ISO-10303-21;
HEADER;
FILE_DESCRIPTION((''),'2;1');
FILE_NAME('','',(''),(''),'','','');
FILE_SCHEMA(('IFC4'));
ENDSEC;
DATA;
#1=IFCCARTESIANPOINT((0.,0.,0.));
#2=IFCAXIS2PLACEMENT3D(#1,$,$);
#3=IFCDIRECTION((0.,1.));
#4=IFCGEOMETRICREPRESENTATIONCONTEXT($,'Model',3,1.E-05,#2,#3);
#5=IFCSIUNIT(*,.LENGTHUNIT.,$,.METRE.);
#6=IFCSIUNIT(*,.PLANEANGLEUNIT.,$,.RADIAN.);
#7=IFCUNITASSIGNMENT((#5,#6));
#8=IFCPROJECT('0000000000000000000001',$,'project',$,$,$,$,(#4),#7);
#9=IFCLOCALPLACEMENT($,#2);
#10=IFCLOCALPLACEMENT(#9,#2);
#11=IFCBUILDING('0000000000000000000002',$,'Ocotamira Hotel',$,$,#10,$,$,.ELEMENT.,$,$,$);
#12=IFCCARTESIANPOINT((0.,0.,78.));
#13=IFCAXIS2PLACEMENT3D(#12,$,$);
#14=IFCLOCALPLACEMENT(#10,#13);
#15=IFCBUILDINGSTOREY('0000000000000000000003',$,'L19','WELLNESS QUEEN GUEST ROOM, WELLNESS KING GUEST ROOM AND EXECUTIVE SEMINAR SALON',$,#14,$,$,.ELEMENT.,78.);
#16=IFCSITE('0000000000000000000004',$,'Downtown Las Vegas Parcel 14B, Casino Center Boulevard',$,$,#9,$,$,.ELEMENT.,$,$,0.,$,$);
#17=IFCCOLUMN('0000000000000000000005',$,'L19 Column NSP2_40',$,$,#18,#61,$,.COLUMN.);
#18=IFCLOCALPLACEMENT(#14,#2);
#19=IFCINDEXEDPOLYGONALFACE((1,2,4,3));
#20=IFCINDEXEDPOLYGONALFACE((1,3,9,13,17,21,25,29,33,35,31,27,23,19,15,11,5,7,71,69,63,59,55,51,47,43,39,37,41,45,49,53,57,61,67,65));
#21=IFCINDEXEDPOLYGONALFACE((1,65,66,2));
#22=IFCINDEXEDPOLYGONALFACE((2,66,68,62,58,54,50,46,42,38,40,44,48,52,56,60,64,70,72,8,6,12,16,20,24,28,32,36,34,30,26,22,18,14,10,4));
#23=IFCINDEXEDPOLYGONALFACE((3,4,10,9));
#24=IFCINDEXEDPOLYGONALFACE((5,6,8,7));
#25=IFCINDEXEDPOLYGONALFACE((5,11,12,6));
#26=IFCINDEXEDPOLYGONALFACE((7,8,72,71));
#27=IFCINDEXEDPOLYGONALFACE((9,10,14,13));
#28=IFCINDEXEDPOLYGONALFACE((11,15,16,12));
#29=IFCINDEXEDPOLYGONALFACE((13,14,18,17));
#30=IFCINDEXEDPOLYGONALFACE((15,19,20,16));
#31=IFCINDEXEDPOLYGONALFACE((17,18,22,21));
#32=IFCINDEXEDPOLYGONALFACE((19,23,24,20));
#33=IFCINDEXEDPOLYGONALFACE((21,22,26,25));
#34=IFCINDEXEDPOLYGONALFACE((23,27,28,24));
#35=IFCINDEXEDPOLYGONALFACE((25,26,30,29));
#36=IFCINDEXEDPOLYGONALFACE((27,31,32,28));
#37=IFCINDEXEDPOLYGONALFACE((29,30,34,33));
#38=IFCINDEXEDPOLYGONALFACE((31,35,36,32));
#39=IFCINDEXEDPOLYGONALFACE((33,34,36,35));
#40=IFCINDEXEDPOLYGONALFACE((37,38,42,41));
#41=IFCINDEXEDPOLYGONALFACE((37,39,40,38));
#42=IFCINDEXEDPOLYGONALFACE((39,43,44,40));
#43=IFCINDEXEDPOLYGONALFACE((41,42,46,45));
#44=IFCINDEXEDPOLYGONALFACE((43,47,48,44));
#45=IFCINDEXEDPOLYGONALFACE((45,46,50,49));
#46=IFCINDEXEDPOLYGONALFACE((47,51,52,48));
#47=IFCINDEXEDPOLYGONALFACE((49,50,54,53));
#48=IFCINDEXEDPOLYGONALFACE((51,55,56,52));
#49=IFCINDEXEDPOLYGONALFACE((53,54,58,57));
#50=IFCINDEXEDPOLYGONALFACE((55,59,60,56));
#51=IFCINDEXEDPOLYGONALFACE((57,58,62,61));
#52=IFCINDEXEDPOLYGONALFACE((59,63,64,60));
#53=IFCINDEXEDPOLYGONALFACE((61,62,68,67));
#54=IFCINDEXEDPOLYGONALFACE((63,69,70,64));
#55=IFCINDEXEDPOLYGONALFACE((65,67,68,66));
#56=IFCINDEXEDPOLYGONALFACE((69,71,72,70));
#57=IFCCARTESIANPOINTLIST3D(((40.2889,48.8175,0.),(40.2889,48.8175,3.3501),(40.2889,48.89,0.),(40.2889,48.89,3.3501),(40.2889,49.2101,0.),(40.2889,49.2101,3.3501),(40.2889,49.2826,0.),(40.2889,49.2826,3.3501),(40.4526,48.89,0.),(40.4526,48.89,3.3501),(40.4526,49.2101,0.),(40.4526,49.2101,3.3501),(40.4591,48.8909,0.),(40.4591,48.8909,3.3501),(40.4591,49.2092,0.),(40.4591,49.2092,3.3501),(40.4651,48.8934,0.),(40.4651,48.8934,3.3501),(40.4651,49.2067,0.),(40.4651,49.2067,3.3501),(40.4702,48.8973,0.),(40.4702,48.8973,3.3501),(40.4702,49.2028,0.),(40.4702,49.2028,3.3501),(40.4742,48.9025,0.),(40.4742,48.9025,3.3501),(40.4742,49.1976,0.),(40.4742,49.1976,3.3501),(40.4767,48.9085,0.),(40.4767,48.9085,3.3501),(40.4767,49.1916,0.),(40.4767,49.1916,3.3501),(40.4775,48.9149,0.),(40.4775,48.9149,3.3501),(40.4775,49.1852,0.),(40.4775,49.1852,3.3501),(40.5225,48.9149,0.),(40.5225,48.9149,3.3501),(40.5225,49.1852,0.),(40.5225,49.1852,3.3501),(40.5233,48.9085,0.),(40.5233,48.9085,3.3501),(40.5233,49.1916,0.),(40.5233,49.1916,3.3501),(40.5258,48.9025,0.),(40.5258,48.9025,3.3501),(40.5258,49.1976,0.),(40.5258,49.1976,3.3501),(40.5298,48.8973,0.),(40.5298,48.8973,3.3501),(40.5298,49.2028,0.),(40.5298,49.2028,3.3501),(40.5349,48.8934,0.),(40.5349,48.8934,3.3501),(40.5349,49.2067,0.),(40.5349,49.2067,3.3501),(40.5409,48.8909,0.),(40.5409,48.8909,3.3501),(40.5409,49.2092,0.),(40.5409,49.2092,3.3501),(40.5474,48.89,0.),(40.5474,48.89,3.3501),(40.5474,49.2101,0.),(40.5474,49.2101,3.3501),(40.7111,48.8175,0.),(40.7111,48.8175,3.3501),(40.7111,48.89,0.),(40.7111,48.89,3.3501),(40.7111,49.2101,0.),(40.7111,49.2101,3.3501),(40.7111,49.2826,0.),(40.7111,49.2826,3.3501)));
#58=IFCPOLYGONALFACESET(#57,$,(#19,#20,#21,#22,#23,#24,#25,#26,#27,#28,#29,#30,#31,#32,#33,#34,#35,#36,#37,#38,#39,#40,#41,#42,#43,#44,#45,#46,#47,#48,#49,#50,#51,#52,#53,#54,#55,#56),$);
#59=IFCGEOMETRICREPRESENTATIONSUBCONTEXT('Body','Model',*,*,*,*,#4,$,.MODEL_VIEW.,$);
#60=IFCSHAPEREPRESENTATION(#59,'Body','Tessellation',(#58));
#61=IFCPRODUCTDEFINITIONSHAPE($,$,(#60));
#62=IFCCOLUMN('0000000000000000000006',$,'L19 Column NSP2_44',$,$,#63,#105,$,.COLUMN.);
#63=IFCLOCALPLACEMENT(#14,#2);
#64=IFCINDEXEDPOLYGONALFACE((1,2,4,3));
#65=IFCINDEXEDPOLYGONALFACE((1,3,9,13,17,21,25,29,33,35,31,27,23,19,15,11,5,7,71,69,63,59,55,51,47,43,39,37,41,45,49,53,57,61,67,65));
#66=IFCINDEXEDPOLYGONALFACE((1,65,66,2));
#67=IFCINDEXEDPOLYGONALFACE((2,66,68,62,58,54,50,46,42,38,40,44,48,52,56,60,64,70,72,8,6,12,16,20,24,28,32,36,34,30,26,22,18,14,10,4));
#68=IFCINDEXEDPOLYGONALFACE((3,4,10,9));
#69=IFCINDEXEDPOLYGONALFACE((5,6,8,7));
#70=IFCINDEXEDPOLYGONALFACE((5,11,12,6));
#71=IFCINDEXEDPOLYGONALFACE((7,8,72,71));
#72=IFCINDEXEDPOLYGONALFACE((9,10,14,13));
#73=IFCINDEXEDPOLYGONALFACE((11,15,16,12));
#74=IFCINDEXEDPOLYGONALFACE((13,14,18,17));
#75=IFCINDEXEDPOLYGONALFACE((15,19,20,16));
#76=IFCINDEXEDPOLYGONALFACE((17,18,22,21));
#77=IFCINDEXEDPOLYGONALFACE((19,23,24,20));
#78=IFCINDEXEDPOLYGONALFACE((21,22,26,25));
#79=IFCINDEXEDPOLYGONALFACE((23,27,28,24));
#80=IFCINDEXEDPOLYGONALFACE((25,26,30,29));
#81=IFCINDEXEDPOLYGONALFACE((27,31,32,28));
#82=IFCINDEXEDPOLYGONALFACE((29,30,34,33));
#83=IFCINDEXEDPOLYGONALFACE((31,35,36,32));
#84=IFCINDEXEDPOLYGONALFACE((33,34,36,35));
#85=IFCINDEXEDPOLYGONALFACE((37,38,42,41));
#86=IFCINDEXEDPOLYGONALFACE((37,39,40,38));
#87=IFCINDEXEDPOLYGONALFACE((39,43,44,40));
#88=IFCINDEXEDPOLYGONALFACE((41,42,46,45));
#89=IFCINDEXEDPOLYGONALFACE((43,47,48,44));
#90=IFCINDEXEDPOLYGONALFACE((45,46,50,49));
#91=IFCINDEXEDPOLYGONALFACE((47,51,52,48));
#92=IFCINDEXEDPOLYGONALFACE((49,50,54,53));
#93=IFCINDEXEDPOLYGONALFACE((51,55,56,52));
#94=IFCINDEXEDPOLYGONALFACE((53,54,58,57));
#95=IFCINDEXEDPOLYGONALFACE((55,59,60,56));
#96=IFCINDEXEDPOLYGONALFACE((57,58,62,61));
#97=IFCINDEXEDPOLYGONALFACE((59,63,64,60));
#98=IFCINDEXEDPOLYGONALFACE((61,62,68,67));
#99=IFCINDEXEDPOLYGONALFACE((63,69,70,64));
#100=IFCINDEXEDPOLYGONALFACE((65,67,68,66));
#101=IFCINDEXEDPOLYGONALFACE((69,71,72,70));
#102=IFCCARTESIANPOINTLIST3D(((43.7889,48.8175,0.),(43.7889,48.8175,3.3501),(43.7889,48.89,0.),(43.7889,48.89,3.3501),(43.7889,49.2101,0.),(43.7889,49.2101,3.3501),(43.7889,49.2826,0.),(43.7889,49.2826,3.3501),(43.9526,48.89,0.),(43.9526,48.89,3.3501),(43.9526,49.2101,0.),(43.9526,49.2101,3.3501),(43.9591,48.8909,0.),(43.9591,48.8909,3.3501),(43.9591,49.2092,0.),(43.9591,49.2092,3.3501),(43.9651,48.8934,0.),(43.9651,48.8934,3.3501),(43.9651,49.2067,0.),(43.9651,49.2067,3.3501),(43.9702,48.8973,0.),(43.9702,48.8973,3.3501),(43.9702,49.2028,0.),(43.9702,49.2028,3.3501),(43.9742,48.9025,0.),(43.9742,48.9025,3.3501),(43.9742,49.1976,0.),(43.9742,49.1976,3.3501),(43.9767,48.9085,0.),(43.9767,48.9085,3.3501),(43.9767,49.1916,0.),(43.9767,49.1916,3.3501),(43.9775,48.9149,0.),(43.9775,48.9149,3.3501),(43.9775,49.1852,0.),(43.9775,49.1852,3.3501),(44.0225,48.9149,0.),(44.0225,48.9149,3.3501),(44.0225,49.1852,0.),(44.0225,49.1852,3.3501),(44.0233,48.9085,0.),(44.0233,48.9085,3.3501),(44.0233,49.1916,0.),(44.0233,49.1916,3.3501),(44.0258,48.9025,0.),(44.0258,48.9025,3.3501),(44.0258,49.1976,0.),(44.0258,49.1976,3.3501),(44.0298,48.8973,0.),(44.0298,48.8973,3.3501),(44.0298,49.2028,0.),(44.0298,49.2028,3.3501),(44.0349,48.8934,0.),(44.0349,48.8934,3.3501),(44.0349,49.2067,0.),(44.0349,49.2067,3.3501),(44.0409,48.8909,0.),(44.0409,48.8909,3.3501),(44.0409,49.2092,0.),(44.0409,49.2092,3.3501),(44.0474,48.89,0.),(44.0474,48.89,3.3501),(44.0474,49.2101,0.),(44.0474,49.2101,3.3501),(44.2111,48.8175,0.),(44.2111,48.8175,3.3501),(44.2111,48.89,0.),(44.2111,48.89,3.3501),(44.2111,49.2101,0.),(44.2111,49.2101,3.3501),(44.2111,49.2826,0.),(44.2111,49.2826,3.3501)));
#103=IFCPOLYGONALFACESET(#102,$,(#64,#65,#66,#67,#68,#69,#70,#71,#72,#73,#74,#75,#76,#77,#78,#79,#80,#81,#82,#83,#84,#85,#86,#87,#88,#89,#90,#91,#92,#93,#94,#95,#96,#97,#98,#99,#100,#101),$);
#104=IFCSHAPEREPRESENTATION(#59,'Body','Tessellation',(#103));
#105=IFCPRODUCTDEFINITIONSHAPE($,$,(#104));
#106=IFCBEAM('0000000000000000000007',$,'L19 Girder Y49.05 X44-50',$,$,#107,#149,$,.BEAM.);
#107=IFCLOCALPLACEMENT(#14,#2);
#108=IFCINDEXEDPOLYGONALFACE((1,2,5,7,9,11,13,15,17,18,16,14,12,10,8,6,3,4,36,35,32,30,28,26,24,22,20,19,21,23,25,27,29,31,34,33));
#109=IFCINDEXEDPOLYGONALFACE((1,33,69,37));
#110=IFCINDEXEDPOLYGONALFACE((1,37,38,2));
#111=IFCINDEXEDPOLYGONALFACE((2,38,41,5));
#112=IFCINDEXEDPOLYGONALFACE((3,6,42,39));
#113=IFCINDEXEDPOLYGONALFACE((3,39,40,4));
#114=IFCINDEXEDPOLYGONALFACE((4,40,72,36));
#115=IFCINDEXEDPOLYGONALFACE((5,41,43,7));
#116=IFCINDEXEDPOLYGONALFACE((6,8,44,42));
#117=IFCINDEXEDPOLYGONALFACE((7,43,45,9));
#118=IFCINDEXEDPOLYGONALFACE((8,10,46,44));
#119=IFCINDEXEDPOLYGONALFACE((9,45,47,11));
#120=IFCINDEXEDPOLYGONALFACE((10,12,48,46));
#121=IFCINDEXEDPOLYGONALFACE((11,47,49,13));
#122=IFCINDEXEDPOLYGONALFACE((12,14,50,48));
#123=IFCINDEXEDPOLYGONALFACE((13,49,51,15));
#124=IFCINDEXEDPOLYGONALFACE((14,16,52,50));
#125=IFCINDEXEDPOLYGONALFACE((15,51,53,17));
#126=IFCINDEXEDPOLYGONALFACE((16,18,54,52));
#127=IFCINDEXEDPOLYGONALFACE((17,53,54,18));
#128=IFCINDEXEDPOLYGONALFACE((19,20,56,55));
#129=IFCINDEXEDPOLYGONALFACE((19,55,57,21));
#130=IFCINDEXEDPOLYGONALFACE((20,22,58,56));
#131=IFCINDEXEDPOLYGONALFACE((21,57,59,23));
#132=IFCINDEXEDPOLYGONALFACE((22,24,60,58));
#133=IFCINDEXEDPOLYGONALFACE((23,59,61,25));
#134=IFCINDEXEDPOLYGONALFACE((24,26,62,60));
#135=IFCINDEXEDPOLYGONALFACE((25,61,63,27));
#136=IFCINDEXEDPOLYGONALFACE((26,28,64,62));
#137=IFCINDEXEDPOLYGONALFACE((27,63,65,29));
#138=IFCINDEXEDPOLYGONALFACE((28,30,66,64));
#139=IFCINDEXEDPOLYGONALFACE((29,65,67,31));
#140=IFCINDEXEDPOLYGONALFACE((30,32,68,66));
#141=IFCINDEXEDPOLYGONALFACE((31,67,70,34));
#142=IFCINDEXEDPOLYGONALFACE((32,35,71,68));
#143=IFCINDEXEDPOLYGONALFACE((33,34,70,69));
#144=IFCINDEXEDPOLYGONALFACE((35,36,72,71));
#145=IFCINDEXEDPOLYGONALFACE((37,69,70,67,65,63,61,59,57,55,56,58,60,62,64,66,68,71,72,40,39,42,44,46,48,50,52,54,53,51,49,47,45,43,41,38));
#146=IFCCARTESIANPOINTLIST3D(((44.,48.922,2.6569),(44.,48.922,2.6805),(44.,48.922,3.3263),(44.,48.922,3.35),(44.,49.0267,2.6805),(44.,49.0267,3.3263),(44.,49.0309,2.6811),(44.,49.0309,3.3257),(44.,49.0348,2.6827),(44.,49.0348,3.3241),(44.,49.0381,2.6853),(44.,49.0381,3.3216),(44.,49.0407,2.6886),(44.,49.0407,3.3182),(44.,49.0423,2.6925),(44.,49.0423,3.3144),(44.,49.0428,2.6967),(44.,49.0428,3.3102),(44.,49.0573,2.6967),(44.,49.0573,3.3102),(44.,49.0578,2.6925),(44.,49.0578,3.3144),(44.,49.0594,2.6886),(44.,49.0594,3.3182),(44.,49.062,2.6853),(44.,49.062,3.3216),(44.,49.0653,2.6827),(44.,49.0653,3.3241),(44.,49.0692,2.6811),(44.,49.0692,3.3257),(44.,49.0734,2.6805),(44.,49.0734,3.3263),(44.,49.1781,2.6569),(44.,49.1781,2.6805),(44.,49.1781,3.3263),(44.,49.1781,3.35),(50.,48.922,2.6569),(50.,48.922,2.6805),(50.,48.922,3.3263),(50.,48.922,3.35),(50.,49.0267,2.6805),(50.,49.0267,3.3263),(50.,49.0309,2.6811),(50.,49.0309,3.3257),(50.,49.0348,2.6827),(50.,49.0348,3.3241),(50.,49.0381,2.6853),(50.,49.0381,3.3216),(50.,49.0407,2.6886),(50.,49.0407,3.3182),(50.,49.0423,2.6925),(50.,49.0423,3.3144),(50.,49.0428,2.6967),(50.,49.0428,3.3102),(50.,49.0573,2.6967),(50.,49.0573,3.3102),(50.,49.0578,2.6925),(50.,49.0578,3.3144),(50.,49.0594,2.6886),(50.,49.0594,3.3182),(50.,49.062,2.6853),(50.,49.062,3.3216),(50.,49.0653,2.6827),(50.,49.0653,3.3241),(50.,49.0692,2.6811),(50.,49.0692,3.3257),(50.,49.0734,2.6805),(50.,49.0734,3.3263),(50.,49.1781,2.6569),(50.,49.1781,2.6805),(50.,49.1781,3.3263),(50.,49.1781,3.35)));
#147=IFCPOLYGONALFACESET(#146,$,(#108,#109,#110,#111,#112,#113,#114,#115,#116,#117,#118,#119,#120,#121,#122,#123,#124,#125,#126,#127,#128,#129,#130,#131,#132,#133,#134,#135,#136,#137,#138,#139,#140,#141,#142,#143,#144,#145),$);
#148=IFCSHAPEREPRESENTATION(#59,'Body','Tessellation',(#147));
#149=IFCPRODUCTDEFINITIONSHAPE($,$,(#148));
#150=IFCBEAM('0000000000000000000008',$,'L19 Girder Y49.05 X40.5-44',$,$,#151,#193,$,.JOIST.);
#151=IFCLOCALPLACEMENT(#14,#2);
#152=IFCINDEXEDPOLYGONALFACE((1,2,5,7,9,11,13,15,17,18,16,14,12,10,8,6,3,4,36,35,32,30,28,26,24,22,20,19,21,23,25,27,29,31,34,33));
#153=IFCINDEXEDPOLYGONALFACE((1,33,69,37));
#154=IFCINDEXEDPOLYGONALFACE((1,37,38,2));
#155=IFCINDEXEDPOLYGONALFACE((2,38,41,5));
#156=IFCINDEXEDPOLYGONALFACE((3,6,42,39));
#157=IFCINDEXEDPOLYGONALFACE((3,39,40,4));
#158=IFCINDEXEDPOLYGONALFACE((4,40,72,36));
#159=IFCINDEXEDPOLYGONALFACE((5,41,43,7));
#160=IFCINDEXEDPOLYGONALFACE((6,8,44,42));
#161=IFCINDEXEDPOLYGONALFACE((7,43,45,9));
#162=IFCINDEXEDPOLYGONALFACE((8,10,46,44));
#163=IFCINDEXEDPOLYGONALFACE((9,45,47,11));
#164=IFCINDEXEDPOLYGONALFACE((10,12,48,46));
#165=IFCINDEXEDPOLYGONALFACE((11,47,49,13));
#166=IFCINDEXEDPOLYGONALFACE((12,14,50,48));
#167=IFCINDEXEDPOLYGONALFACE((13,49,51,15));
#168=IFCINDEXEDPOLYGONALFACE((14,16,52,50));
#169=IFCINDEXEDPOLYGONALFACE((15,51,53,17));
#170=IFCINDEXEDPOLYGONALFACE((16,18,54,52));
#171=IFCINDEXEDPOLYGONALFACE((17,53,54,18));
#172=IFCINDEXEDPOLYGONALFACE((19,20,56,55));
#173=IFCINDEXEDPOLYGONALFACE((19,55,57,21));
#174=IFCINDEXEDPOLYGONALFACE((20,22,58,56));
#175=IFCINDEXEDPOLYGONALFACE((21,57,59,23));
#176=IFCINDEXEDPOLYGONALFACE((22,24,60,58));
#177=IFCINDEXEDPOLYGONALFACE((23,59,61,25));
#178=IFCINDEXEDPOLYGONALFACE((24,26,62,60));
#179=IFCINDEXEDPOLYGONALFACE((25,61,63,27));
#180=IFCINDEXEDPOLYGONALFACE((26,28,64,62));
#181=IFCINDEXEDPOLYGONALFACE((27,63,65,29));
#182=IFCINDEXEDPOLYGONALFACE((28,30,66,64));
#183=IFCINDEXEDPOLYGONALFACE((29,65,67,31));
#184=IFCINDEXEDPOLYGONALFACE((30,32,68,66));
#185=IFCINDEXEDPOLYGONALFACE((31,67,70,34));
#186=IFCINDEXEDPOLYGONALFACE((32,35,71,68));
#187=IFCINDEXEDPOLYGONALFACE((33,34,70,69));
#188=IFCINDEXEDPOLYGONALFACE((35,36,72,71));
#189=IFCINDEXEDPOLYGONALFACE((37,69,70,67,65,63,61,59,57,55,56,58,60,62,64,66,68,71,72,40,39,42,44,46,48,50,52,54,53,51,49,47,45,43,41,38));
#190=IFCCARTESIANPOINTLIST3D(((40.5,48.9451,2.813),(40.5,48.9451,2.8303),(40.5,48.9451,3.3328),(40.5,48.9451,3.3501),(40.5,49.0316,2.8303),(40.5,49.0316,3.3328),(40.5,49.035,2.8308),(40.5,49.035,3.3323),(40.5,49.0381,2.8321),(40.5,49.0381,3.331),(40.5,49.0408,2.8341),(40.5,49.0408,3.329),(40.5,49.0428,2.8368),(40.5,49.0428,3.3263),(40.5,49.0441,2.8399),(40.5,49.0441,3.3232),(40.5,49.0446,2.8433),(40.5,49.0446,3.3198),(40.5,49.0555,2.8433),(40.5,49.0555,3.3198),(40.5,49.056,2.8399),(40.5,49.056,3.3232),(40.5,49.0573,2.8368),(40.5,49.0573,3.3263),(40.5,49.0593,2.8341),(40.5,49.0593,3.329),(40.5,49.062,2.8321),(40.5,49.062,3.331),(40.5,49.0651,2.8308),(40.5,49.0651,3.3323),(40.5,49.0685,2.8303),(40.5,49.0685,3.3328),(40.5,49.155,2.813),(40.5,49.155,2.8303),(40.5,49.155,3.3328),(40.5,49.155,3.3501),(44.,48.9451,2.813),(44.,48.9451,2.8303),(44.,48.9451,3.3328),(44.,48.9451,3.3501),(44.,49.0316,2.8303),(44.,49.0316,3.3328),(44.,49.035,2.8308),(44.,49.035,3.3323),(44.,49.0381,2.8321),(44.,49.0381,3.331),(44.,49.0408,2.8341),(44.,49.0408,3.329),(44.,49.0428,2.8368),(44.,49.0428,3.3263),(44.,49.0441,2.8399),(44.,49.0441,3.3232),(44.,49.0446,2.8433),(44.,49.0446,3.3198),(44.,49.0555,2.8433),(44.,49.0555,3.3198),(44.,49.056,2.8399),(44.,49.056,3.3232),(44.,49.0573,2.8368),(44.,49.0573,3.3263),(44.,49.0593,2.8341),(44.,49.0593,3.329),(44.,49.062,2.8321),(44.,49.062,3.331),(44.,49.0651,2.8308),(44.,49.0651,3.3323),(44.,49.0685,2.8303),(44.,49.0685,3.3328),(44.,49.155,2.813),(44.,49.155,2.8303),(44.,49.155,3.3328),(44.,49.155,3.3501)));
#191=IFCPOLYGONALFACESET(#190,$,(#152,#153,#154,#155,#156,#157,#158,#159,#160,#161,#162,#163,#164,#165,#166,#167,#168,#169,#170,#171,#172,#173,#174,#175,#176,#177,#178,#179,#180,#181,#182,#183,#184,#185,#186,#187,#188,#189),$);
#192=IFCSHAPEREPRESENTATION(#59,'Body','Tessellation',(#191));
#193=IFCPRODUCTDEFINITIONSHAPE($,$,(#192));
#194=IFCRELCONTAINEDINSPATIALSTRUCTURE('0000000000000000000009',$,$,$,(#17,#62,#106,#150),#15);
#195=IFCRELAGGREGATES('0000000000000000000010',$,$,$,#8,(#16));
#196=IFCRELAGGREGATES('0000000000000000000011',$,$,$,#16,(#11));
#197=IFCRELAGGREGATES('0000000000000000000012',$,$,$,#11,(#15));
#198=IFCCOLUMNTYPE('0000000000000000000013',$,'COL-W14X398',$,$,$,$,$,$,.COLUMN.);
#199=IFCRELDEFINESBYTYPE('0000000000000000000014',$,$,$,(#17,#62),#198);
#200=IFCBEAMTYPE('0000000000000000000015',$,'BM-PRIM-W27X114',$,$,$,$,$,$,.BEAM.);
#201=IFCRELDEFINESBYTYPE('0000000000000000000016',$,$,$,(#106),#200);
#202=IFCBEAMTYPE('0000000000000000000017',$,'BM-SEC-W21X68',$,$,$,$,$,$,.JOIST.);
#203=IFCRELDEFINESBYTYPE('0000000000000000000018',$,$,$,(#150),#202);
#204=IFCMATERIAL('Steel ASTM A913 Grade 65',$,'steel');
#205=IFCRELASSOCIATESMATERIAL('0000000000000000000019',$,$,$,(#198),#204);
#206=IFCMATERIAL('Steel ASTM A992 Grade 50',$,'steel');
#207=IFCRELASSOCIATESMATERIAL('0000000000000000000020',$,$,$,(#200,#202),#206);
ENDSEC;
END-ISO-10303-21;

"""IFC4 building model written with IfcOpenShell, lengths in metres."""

from ifc_helpers import new_model, si_unit, direction, frame, origin, origin_2d, place, context, subcontext, project, spatial, i_section, extrude, source, transform, mapped, material, material_profile, profile_set, type_object, element, save


model = new_model("IFC4")

# Units and contexts
model_context = context("Model", 3, precision=1e-05, world=origin(), true_north=direction((0.0, 1.0)))
body_context = subcontext(model_context, "Body", "Model", "MODEL_VIEW")
ifc_project = project(units=[si_unit("LENGTHUNIT", "METRE"), si_unit("PLANEANGLEUNIT", "RADIAN")], contexts=[model_context])

# Site, building, storey
site_placement = place(None, origin())
site = spatial("IfcSite", under=ifc_project, at=site_placement, Name="Downtown Las Vegas Parcel 14B, Casino Center Boulevard", CompositionType="ELEMENT", RefElevation=0.0)
building_placement = place(site_placement, origin())
building = spatial("IfcBuilding", under=site, at=building_placement, Name="Ocotamira Hotel", CompositionType="ELEMENT")
storey_placement = place(building_placement, frame((0.0, 0.0, 78.0)))
storey = spatial("IfcBuildingStorey", under=building, at=storey_placement, Name="L19", Description="WELLNESS QUEEN GUEST ROOM, WELLNESS KING GUEST ROOM AND EXECUTIVE SEMINAR SALON", CompositionType="ELEMENT", Elevation=78.0)

# Columns
ifc_material_1 = material(Name="Steel ASTM A913 Grade 65", Category="steel")
ifc_material_profile_1 = material_profile(ifc_material_1, i_section(OverallWidth=0.4221, OverallDepth=0.4651, WebThickness=0.0449, FlangeThickness=0.0725, FilletRadius=0.0249, at=origin_2d()), Name="W14X398")
ifc_profile_set_1 = profile_set([ifc_material_profile_1], Name="Steel ASTM A913 Grade 65")
column_type = type_object("IfcColumnType", Name="COL-W14X398", PredefinedType="COLUMN", material=ifc_profile_set_1)
shared_shape_1 = source(origin(), body_context, "Body", "SweptSolid", [
    extrude(i_section(OverallWidth=0.4221, OverallDepth=0.4651, WebThickness=0.0449, FlangeThickness=0.0725, FilletRadius=0.0249, at=origin_2d()), origin(), (0.0, 0.0, 1.0), 3.3501),
])
for number, where, z_axis, x_axis, name in (
    (1, (40.5, 49.05, 0.0), (0.0, 0.0, 1.0), (1.0, 0.0, 0.0), "L19 Column NSP2_40"),
    (2, (44.0, 49.05, 0.0), (0.0, 0.0, 1.0), (1.0, 0.0, 0.0), "L19 Column NSP2_44"),
):
    element("IfcColumn", number, at=place(storey_placement, frame(where, z_axis=z_axis, x_axis=x_axis)), inside=storey, type_object=column_type, Name=name, PredefinedType="COLUMN", context=body_context, shape_type="MappedRepresentation", body=[
        mapped(shared_shape_1, transform((0.0, 0.0, 0.0), scale=1.0)),
    ])

# Beams
ifc_material_2 = material(Name="Steel ASTM A992 Grade 50", Category="steel")
ifc_material_profile_2 = material_profile(ifc_material_2, i_section(OverallWidth=0.2561, OverallDepth=0.6931, WebThickness=0.0144, FlangeThickness=0.0237, FilletRadius=0.0161, at=origin_2d()), Name="W27X114")
ifc_profile_set_2 = profile_set([ifc_material_profile_2], Name="Steel ASTM A992 Grade 50")
beam_type_1 = type_object("IfcBeamType", Name="BM-PRIM-W27X114", PredefinedType="BEAM", material=ifc_profile_set_2)
shared_shape_2 = source(origin(), body_context, "Body", "SweptSolid", [
    extrude(i_section(OverallWidth=0.2561, OverallDepth=0.6931, WebThickness=0.0144, FlangeThickness=0.0237, FilletRadius=0.0161, at=origin_2d()), origin(), (0.0, 0.0, 1.0), 6.0),
])
beam_1_placement = place(storey_placement, frame((44.0, 49.05, 3.0034), z_axis=(1.0, 0.0, 0.0), x_axis=(0.0, 1.0, 0.0)))
element("IfcBeam", 3, at=beam_1_placement, inside=storey, type_object=beam_type_1, Name="L19 Girder Y49.05 X44-50", PredefinedType="BEAM", context=body_context, shape_type="MappedRepresentation", body=[
    mapped(shared_shape_2, transform((0.0, 0.0, 0.0), scale=1.0)),
])
ifc_material_profile_3 = material_profile(ifc_material_2, i_section(OverallWidth=0.21, OverallDepth=0.5371, WebThickness=0.011, FlangeThickness=0.0173, FilletRadius=0.0129, at=origin_2d()), Name="W21X68")
ifc_profile_set_3 = profile_set([ifc_material_profile_3], Name="Steel ASTM A992 Grade 50")
beam_type_2 = type_object("IfcBeamType", Name="BM-SEC-W21X68", PredefinedType="JOIST", material=ifc_profile_set_3)
shared_shape_3 = source(origin(), body_context, "Body", "SweptSolid", [
    extrude(i_section(OverallWidth=0.21, OverallDepth=0.5371, WebThickness=0.011, FlangeThickness=0.0173, FilletRadius=0.0129, at=origin_2d()), origin(), (0.0, 0.0, 1.0), 3.5),
])
beam_2_placement = place(storey_placement, frame((40.5, 49.05, 3.0815), z_axis=(1.0, 0.0, 0.0), x_axis=(0.0, 1.0, 0.0)))
element("IfcBeam", 4, at=beam_2_placement, inside=storey, type_object=beam_type_2, Name="L19 Girder Y49.05 X40.5-44", PredefinedType="JOIST", context=body_context, shape_type="MappedRepresentation", body=[
    mapped(shared_shape_3, transform((0.0, 0.0, 0.0), scale=1.0)),
])

save(model, "model.ifc")
